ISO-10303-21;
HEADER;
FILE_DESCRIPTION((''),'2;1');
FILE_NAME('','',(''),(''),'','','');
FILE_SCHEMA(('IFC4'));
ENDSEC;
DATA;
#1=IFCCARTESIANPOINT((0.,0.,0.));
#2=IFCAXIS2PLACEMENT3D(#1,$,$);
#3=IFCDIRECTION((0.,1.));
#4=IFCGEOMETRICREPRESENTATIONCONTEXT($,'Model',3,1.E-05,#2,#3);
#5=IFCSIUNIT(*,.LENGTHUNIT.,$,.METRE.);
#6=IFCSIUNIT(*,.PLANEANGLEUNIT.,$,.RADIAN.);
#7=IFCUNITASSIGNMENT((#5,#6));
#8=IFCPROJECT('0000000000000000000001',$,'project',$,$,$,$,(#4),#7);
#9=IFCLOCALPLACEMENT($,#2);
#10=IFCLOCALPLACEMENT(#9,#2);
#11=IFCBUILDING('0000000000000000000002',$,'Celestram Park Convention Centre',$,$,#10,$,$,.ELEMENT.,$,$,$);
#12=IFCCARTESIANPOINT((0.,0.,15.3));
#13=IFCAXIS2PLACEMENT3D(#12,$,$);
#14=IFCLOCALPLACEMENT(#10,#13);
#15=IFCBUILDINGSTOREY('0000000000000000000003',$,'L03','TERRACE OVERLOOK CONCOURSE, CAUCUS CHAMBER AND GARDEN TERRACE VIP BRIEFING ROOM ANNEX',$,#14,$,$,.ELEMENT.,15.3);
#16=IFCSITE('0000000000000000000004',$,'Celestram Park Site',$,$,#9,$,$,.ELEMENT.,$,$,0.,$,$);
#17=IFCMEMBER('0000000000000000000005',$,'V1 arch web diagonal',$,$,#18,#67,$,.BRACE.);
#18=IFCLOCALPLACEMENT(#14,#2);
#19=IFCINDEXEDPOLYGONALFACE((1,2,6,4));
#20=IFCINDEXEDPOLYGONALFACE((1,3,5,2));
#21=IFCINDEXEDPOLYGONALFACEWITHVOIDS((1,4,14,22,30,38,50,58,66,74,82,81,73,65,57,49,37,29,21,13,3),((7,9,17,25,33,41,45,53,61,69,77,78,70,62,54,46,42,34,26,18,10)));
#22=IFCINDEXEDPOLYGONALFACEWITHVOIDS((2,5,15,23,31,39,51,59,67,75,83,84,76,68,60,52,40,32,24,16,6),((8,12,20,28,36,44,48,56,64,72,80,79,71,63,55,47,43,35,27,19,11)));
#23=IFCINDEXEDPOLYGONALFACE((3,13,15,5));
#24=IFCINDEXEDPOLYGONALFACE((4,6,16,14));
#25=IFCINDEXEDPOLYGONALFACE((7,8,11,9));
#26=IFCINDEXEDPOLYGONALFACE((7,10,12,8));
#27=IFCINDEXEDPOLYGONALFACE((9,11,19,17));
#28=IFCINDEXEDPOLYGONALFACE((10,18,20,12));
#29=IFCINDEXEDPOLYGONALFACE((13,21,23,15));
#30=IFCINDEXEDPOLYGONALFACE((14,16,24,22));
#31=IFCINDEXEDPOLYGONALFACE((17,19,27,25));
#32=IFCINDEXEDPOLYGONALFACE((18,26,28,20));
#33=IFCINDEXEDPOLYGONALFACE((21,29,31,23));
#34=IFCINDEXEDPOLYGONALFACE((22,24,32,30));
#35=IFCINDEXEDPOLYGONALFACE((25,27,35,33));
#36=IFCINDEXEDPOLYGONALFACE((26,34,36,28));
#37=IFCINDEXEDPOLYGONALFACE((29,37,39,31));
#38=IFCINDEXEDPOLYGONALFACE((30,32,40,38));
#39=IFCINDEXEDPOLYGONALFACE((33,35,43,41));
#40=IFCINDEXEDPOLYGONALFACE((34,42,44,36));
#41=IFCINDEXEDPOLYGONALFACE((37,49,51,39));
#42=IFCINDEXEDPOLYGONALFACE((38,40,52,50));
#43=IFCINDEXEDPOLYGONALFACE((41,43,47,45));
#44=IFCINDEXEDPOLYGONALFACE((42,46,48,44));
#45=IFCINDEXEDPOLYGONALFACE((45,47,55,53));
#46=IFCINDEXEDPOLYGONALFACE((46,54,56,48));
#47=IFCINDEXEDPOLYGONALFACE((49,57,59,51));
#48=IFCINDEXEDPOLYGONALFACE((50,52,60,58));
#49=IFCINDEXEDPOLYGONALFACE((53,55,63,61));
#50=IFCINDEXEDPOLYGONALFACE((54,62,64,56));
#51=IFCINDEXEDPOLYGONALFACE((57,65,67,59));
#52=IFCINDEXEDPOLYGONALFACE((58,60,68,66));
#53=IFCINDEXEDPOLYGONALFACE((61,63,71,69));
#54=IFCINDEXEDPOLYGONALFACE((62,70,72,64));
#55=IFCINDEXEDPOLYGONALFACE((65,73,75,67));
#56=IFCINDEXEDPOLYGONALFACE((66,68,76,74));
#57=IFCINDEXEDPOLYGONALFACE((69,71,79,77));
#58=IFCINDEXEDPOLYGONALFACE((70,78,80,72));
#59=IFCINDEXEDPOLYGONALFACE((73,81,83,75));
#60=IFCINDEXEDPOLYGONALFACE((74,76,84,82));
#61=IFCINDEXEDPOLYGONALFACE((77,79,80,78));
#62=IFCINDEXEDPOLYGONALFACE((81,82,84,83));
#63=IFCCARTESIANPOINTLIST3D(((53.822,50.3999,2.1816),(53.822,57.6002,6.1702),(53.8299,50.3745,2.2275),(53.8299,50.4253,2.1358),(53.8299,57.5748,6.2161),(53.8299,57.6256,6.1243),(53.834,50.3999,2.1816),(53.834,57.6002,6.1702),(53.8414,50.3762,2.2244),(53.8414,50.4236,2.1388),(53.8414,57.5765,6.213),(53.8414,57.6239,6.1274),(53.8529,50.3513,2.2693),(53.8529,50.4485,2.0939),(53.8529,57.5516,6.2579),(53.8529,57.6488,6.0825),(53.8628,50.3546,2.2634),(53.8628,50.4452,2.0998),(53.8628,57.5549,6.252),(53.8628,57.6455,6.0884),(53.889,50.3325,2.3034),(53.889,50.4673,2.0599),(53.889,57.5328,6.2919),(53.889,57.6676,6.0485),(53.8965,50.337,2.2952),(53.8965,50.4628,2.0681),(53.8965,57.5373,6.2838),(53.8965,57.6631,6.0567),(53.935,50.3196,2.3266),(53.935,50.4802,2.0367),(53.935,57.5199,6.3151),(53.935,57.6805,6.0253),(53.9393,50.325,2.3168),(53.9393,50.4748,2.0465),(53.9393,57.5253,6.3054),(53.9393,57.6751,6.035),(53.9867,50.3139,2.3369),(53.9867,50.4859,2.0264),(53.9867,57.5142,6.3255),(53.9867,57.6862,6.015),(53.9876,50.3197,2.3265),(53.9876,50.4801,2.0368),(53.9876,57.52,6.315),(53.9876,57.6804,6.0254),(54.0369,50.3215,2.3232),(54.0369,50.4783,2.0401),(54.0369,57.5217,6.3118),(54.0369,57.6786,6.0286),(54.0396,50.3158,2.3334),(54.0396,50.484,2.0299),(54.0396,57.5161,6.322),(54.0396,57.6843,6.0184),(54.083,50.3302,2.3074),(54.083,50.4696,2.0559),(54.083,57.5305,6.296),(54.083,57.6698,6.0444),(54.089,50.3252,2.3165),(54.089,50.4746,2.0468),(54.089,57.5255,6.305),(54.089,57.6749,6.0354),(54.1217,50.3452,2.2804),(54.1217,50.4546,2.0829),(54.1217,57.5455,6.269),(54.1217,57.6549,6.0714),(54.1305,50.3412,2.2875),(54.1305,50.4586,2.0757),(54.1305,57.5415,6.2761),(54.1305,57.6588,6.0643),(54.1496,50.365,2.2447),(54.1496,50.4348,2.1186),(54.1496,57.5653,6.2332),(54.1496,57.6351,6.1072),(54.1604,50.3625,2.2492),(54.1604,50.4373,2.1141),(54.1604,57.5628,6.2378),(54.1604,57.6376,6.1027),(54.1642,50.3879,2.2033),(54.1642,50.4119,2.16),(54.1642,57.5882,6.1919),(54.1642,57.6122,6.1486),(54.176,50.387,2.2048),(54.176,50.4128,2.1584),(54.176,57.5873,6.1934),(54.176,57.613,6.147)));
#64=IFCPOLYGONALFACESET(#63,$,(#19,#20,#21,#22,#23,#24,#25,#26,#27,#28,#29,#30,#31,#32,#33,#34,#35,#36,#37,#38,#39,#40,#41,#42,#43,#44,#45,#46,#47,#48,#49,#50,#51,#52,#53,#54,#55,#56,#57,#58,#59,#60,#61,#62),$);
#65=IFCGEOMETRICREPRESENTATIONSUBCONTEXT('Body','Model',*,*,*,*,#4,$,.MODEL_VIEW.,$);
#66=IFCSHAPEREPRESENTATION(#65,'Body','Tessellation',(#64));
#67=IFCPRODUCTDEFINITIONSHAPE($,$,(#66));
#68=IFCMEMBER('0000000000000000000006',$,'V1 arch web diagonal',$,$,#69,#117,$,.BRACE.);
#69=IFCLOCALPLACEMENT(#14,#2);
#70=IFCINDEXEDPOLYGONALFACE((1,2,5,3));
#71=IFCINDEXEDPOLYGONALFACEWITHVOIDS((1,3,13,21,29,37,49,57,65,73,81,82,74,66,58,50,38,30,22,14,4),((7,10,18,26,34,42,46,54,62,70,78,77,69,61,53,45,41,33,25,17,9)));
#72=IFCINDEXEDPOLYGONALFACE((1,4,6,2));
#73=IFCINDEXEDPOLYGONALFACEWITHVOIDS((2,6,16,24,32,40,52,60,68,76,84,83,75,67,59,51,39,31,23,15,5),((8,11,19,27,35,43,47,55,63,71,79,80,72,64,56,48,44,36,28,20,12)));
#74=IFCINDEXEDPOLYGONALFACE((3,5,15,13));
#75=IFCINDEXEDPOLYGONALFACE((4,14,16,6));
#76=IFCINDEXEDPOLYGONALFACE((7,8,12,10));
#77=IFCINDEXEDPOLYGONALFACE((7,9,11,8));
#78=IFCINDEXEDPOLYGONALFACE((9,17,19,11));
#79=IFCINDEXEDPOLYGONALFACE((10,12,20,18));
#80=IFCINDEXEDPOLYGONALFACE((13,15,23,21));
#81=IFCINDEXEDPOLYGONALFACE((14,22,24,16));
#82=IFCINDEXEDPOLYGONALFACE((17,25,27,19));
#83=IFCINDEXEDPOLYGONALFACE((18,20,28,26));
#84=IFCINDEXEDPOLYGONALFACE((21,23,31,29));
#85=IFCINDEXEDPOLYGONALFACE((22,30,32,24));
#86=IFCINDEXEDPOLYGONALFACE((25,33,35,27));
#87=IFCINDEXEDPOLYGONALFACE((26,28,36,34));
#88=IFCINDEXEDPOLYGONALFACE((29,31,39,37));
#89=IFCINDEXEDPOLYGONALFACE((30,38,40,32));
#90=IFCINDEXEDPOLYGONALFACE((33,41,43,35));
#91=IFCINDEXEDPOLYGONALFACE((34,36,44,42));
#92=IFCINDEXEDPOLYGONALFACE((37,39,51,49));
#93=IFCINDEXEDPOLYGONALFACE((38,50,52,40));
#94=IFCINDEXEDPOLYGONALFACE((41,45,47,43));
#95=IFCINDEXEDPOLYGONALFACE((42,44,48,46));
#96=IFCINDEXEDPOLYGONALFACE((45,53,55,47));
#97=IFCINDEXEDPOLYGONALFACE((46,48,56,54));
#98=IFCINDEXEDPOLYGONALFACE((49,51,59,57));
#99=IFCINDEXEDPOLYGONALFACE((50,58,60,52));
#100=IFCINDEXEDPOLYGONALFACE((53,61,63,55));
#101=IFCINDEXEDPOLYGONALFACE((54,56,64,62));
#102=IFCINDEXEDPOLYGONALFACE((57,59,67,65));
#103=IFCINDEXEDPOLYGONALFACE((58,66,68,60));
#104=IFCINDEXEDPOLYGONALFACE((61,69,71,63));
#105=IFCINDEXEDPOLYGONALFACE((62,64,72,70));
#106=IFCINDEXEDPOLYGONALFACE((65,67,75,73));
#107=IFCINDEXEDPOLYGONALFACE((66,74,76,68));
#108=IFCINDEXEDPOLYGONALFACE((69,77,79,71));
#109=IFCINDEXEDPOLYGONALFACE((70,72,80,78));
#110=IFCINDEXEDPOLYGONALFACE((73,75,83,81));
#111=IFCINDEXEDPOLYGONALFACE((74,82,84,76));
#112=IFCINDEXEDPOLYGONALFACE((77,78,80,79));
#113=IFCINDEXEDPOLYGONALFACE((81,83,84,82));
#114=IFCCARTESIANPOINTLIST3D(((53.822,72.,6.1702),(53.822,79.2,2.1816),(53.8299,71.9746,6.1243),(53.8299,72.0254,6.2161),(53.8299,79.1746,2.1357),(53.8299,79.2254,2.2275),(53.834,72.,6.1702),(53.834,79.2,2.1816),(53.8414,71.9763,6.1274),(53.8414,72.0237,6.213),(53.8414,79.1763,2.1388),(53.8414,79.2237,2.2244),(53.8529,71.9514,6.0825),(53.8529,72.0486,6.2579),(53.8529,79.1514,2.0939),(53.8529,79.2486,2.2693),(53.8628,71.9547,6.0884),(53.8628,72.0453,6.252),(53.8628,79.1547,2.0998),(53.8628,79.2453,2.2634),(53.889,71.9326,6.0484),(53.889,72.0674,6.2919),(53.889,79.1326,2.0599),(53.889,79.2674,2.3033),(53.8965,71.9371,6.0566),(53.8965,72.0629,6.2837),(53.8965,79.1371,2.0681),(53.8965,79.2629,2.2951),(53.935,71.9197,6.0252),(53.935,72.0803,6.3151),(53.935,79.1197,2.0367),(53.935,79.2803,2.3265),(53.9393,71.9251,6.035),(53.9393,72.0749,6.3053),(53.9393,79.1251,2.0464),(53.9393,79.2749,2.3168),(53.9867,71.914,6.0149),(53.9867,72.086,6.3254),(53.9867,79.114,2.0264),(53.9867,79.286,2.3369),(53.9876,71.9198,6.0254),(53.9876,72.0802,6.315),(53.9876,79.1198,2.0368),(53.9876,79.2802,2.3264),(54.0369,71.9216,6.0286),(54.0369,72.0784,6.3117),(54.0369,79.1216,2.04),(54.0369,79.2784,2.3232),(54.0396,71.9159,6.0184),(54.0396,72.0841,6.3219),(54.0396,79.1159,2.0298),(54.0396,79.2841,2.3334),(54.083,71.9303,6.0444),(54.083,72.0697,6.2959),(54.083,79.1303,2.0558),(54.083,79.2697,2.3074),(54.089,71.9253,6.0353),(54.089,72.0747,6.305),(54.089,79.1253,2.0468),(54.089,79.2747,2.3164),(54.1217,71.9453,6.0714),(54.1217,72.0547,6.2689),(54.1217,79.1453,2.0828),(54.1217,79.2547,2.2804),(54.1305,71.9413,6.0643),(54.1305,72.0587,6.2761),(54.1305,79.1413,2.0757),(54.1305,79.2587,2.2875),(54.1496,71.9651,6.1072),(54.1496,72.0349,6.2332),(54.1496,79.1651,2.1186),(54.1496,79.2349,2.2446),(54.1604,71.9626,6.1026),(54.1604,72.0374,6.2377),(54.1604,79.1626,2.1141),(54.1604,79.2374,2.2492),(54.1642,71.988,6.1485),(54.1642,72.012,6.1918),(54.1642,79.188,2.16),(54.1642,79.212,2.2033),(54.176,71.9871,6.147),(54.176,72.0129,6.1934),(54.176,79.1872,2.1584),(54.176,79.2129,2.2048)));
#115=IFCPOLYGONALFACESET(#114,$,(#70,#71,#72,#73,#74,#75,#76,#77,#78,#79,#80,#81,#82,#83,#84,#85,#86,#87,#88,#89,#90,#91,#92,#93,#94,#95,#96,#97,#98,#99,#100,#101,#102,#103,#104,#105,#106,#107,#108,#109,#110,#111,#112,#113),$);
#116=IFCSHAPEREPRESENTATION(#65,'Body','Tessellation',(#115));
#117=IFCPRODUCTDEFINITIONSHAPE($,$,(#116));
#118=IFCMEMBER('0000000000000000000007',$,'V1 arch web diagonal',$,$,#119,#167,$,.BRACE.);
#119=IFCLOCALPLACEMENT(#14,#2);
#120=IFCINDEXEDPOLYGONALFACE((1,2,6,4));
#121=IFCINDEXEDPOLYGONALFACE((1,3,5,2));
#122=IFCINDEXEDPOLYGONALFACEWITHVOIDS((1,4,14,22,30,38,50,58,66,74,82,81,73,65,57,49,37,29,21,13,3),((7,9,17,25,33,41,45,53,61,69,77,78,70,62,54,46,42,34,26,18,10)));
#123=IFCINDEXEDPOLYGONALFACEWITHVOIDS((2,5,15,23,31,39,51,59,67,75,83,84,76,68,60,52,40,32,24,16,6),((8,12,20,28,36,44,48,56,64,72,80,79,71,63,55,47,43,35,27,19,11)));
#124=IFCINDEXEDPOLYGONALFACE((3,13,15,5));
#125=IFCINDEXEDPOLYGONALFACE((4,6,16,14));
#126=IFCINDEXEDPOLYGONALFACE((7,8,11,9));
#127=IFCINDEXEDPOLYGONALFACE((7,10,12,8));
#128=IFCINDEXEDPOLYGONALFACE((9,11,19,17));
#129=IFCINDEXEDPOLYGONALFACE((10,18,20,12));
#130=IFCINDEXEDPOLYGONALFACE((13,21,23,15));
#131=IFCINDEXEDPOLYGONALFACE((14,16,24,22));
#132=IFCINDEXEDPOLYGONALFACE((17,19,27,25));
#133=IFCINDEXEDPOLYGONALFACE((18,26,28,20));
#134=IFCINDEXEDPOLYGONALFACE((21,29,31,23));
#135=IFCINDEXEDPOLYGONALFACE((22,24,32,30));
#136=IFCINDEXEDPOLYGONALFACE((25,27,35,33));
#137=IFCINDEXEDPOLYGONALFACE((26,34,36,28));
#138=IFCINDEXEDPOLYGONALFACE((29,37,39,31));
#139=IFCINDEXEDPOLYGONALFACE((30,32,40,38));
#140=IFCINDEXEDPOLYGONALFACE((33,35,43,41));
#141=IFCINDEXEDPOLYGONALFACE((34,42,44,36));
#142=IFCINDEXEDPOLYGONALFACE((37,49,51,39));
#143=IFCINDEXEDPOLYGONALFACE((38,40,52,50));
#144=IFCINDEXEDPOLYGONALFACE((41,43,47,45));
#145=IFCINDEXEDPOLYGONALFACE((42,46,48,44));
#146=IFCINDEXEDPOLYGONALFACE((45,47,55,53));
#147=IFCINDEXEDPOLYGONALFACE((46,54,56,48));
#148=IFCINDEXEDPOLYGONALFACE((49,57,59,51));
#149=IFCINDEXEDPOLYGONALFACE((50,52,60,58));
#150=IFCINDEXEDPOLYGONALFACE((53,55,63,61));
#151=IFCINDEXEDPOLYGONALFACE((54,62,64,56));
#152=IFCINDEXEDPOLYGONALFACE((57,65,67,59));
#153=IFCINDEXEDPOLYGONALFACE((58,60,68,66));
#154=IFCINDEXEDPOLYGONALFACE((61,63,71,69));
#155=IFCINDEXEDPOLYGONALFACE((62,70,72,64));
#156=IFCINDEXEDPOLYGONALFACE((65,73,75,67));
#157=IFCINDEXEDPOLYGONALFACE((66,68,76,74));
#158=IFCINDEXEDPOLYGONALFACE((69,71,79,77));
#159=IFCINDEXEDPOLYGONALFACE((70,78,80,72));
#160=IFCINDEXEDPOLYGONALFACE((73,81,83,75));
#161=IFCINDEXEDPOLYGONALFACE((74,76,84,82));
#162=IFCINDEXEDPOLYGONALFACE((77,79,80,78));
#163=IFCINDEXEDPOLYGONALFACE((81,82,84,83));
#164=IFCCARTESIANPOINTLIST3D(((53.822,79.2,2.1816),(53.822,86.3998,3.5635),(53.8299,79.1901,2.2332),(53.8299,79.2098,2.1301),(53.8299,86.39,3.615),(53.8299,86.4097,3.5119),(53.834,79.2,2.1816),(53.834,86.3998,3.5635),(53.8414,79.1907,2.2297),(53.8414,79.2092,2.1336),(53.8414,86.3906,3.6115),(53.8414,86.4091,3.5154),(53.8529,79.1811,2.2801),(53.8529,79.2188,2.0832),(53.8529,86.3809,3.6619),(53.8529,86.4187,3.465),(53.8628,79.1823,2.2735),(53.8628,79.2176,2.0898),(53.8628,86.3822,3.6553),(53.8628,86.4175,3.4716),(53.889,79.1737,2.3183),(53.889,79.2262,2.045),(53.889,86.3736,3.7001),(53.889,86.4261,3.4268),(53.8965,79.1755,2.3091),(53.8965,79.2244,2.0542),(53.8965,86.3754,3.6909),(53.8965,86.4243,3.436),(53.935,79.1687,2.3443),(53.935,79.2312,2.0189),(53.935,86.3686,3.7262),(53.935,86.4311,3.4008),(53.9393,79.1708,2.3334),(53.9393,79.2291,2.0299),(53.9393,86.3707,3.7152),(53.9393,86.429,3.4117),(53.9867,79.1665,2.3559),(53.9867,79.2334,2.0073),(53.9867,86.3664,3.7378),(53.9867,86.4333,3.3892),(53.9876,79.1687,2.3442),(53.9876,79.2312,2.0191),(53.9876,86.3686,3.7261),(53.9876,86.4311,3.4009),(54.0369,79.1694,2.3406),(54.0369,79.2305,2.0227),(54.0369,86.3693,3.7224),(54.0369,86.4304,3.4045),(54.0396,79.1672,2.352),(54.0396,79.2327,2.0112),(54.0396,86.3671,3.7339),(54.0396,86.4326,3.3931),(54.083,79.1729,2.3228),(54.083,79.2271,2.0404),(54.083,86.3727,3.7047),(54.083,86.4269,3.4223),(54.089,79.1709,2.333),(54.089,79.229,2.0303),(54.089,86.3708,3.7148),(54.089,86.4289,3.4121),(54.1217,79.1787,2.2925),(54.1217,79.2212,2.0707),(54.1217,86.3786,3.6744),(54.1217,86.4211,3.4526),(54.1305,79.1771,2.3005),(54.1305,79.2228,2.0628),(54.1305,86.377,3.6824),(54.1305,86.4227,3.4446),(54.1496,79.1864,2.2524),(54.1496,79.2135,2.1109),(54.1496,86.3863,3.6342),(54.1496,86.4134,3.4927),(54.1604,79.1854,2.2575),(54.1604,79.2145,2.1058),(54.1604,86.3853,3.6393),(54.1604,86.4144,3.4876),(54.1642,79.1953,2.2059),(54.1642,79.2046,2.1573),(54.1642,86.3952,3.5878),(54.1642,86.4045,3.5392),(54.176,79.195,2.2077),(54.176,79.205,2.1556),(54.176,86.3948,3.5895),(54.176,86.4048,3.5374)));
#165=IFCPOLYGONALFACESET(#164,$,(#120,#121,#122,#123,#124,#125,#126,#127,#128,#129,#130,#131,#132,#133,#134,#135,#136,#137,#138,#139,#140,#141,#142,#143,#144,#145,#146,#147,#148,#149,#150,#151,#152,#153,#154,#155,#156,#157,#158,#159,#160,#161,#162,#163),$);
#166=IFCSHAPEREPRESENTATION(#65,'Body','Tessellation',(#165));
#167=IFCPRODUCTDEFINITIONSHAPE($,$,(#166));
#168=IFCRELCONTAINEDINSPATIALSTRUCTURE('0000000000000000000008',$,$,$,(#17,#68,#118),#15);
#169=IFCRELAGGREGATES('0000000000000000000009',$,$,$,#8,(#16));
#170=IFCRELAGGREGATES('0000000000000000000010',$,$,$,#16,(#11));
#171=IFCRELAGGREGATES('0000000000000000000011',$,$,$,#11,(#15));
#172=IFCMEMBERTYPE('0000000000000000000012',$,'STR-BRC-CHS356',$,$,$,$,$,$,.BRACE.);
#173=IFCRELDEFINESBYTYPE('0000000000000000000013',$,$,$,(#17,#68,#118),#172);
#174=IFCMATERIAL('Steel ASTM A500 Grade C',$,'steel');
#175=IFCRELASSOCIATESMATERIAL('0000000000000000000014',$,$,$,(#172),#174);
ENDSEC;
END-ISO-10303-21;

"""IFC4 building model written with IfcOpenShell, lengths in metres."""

from ifc_helpers import new_model, si_unit, direction, frame, origin, origin_2d, place, context, subcontext, project, spatial, hollow_circle, extrude, material, material_profile, profile_set, type_object, element, save


model = new_model("IFC4")

# Units and contexts
model_context = context("Model", 3, precision=1e-05, world=origin(), true_north=direction((0.0, 1.0)))
body_context = subcontext(model_context, "Body", "Model", "MODEL_VIEW")
ifc_project = project(units=[si_unit("LENGTHUNIT", "METRE"), si_unit("PLANEANGLEUNIT", "RADIAN")], contexts=[model_context])

# Site, building, storey
site_placement = place(None, origin())
site = spatial("IfcSite", under=ifc_project, at=site_placement, Name="Celestram Park Site", CompositionType="ELEMENT", RefElevation=0.0)
building_placement = place(site_placement, origin())
building = spatial("IfcBuilding", under=site, at=building_placement, Name="Celestram Park Convention Centre", CompositionType="ELEMENT")
storey_placement = place(building_placement, frame((0.0, 0.0, 15.3)))
storey = spatial("IfcBuildingStorey", under=building, at=storey_placement, Name="L03", Description="TERRACE OVERLOOK CONCOURSE, CAUCUS CHAMBER AND GARDEN TERRACE VIP BRIEFING ROOM ANNEX", CompositionType="ELEMENT", Elevation=15.3)

# Members
ifc_material_1 = material(Name="Steel ASTM A500 Grade C", Category="steel")
ifc_material_profile_1 = material_profile(ifc_material_1, hollow_circle(Radius=0.178, WallThickness=0.012, at=origin_2d()), Name="CHS356X12")
ifc_profile_set_1 = profile_set([ifc_material_profile_1], Name="Steel ASTM A500 Grade C")
member_type_1 = type_object("IfcMemberType", Name="STR-BRC-CHS356", PredefinedType="BRACE", material=ifc_profile_set_1)
member_1_placement = place(storey_placement, frame((54.0, 50.3999, 2.1816), z_axis=(0.0, 0.874754, 0.484567), x_axis=(-1.0, 0.0, 0.0)))
element("IfcMember", 1, at=member_1_placement, inside=storey, type_object=member_type_1, Name="V1 arch web diagonal", PredefinedType="BRACE", context=body_context, shape_type="SweptSolid", body=[
    extrude(hollow_circle(Radius=0.178, WallThickness=0.012, at=origin_2d()), origin(), (0.0, 0.0, 1.0), 8.2312),
])
member_2_placement = place(storey_placement, frame((54.0, 72.0, 6.1702), z_axis=(0.0, 0.874747, -0.48458), x_axis=(-1.0, 0.0, 0.0)))
element("IfcMember", 2, at=member_2_placement, inside=storey, type_object=member_type_1, Name="V1 arch web diagonal", PredefinedType="BRACE", context=body_context, shape_type="SweptSolid", body=[
    extrude(hollow_circle(Radius=0.178, WallThickness=0.012, at=origin_2d()), origin(), (0.0, 0.0, 1.0), 8.231),
])
member_3_placement = place(storey_placement, frame((54.0, 79.2, 2.1816), z_axis=(0.0, 0.982076, 0.188483), x_axis=(-1.0, 0.0, 0.0)))
element("IfcMember", 3, at=member_3_placement, inside=storey, type_object=member_type_1, Name="V1 arch web diagonal", PredefinedType="BRACE", context=body_context, shape_type="SweptSolid", body=[
    extrude(hollow_circle(Radius=0.178, WallThickness=0.012, at=origin_2d()), origin(), (0.0, 0.0, 1.0), 7.3313),
])

save(model, "model.ifc")
